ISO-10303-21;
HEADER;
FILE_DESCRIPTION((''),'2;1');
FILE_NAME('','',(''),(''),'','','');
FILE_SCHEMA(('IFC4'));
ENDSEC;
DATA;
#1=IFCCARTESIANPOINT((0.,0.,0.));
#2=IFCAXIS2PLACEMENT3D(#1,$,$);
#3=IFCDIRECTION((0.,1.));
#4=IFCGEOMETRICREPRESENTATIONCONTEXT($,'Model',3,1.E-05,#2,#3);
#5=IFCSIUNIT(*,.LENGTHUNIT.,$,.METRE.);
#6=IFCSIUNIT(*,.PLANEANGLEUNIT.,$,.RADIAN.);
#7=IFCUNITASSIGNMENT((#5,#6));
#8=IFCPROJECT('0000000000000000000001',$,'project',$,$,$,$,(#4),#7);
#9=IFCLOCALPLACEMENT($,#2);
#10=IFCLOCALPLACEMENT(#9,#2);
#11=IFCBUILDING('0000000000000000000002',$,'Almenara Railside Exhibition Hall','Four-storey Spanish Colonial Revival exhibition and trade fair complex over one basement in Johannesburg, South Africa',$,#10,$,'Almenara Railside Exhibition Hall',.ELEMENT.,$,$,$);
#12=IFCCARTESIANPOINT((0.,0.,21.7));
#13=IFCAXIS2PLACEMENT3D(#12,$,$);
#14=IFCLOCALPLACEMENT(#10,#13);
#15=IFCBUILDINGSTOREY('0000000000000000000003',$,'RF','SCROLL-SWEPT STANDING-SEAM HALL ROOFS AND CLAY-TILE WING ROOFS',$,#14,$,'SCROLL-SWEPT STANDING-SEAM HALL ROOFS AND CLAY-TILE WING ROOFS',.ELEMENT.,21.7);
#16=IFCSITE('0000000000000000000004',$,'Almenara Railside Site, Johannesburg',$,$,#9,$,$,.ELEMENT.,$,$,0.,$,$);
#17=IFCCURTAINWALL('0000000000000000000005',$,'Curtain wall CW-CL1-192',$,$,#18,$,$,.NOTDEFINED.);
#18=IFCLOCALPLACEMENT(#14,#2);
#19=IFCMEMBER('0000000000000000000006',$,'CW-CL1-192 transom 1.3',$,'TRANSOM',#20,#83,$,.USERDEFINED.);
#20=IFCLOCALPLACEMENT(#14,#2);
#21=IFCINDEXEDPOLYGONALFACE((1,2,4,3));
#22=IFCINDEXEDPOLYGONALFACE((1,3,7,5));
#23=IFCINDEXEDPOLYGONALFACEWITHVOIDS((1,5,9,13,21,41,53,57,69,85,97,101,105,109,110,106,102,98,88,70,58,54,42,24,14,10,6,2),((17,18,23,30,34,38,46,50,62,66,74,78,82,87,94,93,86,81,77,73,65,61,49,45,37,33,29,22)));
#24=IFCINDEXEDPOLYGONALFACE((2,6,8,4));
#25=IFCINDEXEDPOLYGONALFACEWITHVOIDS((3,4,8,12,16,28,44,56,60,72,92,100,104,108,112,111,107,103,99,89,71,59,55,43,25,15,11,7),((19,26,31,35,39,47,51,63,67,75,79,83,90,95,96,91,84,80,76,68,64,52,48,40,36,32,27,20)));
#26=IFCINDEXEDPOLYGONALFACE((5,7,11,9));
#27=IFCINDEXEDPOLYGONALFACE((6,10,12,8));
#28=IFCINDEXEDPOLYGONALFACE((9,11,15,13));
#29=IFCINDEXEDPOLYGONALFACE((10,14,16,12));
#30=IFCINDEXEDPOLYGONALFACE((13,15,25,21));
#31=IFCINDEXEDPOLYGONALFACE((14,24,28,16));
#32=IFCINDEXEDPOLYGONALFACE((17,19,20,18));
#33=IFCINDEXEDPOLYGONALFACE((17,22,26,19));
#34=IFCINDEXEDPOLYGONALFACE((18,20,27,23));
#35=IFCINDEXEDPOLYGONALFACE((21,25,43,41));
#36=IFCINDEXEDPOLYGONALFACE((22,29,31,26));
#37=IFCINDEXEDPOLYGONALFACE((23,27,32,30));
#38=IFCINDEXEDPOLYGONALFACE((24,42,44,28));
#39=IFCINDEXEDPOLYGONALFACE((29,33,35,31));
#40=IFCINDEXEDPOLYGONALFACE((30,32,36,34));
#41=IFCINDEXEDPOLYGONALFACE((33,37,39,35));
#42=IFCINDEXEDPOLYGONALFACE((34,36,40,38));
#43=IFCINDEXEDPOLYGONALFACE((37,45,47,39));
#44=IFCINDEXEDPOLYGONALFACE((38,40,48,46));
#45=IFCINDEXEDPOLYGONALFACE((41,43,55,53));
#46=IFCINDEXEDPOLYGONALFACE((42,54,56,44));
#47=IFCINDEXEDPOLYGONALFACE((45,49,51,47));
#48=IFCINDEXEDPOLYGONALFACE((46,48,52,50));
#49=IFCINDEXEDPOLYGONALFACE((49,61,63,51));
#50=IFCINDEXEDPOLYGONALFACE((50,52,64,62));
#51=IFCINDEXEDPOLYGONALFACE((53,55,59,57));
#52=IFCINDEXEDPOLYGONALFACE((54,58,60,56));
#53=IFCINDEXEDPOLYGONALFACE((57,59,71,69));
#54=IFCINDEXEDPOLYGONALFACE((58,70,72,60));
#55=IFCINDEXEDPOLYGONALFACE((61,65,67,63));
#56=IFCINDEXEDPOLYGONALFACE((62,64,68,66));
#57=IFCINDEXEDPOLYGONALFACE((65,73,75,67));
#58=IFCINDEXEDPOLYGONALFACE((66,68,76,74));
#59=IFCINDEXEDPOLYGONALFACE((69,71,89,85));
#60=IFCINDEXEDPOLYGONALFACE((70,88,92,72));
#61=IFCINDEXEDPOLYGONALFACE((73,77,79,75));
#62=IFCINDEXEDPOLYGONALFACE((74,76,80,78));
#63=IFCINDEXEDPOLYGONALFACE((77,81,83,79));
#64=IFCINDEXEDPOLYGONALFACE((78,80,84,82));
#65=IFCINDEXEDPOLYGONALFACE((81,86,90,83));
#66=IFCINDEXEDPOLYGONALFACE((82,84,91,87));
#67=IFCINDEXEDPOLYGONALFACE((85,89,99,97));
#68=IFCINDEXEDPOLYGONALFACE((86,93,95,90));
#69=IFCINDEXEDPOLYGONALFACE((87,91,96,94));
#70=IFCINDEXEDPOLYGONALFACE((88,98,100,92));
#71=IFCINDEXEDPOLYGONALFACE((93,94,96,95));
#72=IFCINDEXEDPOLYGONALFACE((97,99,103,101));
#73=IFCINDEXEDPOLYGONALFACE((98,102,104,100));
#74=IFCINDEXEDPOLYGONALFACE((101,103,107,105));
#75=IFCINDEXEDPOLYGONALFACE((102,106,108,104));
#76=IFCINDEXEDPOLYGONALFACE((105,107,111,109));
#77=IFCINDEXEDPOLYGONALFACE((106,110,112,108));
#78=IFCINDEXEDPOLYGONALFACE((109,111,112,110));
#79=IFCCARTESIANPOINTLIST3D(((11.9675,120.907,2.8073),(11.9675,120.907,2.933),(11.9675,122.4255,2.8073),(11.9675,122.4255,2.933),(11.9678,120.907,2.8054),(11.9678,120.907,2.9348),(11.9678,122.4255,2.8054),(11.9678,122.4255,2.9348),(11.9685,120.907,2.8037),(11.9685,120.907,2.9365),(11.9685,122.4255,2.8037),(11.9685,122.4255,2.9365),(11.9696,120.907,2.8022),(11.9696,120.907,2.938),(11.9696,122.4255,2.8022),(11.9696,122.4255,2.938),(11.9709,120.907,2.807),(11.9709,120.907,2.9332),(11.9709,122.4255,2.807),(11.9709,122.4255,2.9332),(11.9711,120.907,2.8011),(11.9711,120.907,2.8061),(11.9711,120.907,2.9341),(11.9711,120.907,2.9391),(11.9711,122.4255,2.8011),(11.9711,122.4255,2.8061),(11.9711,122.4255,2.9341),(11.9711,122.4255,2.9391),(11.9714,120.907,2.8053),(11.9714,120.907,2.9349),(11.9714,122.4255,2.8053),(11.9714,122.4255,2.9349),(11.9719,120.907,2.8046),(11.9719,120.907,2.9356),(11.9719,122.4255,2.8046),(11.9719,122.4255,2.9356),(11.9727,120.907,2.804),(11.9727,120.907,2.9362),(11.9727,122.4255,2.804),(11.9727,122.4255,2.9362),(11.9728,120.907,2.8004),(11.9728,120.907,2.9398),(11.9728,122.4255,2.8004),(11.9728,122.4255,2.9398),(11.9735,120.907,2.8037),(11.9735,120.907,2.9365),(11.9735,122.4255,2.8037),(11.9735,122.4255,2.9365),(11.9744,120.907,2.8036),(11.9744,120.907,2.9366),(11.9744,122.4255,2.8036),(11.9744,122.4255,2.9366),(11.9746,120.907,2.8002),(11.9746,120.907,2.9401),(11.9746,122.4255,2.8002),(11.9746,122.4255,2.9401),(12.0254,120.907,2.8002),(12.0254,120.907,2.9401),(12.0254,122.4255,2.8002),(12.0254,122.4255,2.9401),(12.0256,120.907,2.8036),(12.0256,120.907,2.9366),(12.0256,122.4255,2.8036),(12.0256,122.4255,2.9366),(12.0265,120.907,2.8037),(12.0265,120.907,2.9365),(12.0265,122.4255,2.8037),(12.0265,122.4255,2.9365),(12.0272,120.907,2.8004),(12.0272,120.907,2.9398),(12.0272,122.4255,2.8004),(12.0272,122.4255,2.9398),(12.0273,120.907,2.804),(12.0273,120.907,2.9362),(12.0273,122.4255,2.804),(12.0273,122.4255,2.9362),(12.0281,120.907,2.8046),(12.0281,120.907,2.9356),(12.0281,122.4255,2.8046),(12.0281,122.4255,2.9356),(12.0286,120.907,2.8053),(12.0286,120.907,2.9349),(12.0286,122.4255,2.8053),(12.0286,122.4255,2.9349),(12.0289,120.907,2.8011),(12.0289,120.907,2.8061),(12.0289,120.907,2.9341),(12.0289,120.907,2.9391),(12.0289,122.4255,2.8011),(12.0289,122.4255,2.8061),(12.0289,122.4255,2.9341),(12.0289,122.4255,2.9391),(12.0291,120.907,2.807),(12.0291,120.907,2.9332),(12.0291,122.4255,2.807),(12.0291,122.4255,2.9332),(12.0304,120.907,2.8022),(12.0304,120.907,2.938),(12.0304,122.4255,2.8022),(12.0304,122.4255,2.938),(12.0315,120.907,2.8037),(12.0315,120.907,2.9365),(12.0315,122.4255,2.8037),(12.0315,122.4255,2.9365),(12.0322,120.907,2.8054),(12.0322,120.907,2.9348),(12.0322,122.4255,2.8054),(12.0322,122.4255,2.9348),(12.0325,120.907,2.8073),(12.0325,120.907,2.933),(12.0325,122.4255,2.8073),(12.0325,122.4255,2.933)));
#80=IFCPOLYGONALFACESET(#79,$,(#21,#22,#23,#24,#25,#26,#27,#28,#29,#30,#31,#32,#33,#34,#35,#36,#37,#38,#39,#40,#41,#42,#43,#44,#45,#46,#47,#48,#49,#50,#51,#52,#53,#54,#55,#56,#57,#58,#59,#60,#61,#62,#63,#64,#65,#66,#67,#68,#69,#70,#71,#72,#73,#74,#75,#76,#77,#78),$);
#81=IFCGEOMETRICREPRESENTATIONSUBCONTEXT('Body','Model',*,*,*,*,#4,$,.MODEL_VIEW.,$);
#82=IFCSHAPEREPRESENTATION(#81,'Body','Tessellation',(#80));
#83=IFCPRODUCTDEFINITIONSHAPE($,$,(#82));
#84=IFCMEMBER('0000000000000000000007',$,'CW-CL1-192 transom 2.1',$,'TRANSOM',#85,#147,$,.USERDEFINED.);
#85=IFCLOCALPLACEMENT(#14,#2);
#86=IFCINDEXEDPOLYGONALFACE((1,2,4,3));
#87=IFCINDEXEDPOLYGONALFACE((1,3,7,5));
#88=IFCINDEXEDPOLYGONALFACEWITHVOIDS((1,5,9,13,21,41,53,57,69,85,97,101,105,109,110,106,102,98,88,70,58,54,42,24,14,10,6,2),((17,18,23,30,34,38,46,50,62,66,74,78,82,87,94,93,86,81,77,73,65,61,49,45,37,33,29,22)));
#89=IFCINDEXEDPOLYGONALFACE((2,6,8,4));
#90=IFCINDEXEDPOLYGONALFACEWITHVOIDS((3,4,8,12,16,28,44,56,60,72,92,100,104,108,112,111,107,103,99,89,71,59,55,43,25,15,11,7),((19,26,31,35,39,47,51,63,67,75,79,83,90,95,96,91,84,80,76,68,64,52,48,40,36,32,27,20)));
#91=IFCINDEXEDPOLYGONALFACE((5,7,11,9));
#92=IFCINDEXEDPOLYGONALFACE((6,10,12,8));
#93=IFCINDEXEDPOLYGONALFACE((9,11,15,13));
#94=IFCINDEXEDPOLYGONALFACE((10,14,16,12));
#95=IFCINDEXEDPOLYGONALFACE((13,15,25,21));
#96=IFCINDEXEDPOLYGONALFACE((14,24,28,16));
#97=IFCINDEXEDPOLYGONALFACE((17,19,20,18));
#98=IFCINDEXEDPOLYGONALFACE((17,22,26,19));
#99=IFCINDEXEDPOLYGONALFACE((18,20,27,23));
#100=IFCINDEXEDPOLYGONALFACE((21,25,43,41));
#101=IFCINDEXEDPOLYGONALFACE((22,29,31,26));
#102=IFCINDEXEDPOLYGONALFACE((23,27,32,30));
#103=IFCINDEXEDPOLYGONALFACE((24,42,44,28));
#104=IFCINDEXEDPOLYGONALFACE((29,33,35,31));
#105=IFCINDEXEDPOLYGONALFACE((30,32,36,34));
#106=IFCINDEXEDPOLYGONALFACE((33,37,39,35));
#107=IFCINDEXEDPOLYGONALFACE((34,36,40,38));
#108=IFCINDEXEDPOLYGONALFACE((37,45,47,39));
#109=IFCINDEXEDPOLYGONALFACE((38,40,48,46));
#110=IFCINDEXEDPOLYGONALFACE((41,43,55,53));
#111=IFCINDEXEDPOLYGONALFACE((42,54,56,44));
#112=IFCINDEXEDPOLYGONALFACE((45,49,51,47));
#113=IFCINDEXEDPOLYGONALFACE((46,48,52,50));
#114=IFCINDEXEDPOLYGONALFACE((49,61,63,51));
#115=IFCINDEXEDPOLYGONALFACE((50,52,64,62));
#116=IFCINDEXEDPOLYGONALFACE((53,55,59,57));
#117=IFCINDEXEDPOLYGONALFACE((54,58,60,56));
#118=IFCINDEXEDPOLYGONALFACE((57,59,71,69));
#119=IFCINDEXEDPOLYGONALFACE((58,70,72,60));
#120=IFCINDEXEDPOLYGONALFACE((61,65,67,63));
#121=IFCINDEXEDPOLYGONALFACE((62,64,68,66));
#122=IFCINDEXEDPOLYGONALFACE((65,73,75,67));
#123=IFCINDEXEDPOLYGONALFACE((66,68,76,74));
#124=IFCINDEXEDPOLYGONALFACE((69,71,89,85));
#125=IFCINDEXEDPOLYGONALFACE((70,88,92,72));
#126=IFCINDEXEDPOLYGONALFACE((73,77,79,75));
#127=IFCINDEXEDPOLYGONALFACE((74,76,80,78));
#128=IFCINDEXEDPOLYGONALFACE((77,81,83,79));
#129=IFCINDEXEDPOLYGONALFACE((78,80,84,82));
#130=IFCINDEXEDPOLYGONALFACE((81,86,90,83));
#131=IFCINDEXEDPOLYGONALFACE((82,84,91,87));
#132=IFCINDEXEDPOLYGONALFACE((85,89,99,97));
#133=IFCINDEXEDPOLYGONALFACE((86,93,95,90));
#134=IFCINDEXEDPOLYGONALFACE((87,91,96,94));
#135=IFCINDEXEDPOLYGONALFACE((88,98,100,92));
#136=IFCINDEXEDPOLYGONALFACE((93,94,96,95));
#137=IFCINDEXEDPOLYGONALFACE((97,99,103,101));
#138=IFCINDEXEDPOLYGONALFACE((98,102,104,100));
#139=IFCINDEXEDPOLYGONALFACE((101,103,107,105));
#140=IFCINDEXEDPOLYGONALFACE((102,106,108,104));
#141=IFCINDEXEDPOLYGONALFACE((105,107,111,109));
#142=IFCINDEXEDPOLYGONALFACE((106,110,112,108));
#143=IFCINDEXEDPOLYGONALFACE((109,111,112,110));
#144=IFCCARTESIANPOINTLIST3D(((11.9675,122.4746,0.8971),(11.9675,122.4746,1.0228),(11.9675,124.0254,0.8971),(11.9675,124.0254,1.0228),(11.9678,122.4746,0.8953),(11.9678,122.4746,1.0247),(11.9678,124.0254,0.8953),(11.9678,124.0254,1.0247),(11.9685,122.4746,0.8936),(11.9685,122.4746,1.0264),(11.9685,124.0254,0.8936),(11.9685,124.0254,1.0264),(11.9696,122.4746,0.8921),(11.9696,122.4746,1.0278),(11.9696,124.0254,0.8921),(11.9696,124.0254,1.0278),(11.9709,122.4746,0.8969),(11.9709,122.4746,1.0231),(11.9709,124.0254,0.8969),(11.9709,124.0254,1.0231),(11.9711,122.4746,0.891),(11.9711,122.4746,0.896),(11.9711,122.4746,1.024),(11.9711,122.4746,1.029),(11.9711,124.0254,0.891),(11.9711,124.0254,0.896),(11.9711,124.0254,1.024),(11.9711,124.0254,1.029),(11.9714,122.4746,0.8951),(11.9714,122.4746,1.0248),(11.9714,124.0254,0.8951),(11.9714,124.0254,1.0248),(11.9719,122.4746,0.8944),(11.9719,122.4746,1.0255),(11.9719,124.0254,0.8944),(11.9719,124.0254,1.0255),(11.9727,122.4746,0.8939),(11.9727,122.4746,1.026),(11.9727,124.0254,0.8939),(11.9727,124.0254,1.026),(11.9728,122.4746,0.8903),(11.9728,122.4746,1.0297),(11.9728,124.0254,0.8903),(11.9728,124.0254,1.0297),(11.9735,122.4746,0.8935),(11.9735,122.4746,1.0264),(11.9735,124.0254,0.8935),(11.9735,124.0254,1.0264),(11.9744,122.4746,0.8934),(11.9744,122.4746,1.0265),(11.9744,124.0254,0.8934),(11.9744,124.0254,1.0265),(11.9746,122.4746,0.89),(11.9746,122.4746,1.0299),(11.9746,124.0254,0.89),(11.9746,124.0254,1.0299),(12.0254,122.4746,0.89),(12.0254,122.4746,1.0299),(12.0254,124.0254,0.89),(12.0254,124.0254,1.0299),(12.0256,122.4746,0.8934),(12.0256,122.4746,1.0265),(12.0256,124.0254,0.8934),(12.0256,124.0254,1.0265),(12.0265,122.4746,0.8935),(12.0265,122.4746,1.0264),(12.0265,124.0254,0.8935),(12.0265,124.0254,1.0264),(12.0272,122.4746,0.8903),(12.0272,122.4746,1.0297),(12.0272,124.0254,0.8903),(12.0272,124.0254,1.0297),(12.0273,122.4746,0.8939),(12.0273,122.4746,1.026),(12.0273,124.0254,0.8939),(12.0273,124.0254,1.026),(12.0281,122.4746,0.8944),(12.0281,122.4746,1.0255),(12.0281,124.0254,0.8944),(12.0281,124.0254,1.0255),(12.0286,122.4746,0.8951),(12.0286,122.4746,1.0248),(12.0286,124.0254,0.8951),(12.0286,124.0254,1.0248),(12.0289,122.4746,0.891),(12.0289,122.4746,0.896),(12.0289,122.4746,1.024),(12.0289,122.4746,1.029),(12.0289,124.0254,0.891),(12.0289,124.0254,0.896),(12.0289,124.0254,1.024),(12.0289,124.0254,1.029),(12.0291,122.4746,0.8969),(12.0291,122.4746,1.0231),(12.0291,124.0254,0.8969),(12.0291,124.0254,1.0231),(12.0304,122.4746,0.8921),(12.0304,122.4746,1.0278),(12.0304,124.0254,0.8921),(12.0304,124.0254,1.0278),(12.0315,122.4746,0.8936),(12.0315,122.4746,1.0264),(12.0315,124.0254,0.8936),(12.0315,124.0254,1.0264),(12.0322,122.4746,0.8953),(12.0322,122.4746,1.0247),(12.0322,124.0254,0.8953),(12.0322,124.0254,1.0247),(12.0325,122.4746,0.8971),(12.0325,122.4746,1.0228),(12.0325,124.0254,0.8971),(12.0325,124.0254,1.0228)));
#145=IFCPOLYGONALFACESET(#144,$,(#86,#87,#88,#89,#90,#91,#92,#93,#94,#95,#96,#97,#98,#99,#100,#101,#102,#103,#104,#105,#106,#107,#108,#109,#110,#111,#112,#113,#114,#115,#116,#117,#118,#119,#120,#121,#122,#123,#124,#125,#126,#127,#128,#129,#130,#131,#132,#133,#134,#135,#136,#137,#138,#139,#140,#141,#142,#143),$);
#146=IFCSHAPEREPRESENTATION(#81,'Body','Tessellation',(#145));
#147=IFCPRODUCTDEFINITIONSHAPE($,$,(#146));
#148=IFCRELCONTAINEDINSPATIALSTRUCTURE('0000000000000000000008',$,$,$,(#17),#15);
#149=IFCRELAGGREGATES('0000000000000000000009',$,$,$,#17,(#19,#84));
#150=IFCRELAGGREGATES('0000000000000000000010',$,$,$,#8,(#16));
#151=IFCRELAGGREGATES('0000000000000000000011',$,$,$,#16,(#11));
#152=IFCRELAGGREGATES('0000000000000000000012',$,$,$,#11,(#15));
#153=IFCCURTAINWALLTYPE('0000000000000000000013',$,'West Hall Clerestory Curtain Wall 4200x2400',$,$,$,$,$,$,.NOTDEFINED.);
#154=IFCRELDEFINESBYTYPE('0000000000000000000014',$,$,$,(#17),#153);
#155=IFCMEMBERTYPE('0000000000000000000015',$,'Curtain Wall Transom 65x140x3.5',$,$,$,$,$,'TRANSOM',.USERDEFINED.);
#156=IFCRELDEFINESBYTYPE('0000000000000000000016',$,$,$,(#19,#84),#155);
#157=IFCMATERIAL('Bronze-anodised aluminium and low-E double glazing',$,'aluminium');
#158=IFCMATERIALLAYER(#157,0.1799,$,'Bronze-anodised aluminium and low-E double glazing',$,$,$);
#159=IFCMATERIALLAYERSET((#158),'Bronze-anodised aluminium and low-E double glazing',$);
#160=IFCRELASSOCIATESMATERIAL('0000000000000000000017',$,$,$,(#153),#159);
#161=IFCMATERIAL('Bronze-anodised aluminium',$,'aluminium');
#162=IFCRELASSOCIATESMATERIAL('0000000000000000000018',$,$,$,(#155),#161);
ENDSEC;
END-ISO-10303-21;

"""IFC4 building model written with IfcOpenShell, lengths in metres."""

from ifc_helpers import new_model, si_unit, direction, frame, origin, origin_2d, place, context, subcontext, project, spatial, hollow_rectangle, extrude, material, layer, layer_set, material_profile, profile_set, type_object, element, aggregate, save


model = new_model("IFC4")

# Units and contexts
model_context = context("Model", 3, precision=1e-05, world=origin(), true_north=direction((0.0, 1.0)))
body_context = subcontext(model_context, "Body", "Model", "MODEL_VIEW")
ifc_project = project(units=[si_unit("LENGTHUNIT", "METRE"), si_unit("PLANEANGLEUNIT", "RADIAN")], contexts=[model_context])

# Site, building, storey
site_placement = place(None, origin())
site = spatial("IfcSite", under=ifc_project, at=site_placement, Name="Almenara Railside Site, Johannesburg", CompositionType="ELEMENT", RefElevation=0.0)
building_placement = place(site_placement, origin())
building = spatial("IfcBuilding", under=site, at=building_placement, Name="Almenara Railside Exhibition Hall", Description="Four-storey Spanish Colonial Revival exhibition and trade fair complex over one basement in Johannesburg, South Africa", LongName="Almenara Railside Exhibition Hall", CompositionType="ELEMENT")
storey_placement = place(building_placement, frame((0.0, 0.0, 21.7)))
storey = spatial("IfcBuildingStorey", under=building, at=storey_placement, Name="RF", Description="SCROLL-SWEPT STANDING-SEAM HALL ROOFS AND CLAY-TILE WING ROOFS", LongName="SCROLL-SWEPT STANDING-SEAM HALL ROOFS AND CLAY-TILE WING ROOFS", CompositionType="ELEMENT", Elevation=21.7)

# Shared definitions
ifc_material_1 = material(Name="Bronze-anodised aluminium and low-E double glazing", Category="aluminium")
ifc_layer_1 = layer(ifc_material_1, 0.1799, Name="Bronze-anodised aluminium and low-E double glazing")
ifc_layer_set_1 = layer_set([ifc_layer_1], Name="Bronze-anodised aluminium and low-E double glazing")
curtain_wall_type = type_object("IfcCurtainWallType", Name="West Hall Clerestory Curtain Wall 4200x2400", PredefinedType="NOTDEFINED", material=ifc_layer_set_1)
ifc_material_2 = material(Name="Bronze-anodised aluminium", Category="aluminium")

# Curtain wall, members
curtain_wall_1_placement = place(storey_placement, origin())
curtain_wall_1 = element("IfcCurtainWall", 1, at=curtain_wall_1_placement, inside=storey, type_object=curtain_wall_type, Name="Curtain wall CW-CL1-192", PredefinedType="NOTDEFINED")
ifc_material_profile_1 = material_profile(ifc_material_2, hollow_rectangle(XDim=0.0649, YDim=0.1399, WallThickness=0.0034, InnerFilletRadius=0.0034, OuterFilletRadius=0.0071, at=origin_2d()), Name="ALU-TRN 65x140x3.5")
ifc_profile_set_1 = profile_set([ifc_material_profile_1], Name="Bronze-anodised aluminium")
member_type_1 = type_object("IfcMemberType", Name="Curtain Wall Transom 65x140x3.5", ElementType="TRANSOM", PredefinedType="USERDEFINED", material=ifc_profile_set_1)
member_1_placement = place(storey_placement, frame((12.0, 120.907, 2.8701), z_axis=(0.0, 1.0, 0.0), x_axis=(-1.0, 0.0, 0.0)))
member_1 = element("IfcMember", 2, at=member_1_placement, type_object=member_type_1, Name="CW-CL1-192 transom 1.3", ObjectType="TRANSOM", PredefinedType="USERDEFINED", context=body_context, shape_type="SweptSolid", body=[
    extrude(hollow_rectangle(XDim=0.0649, YDim=0.1399, WallThickness=0.0034, InnerFilletRadius=0.0034, OuterFilletRadius=0.0071, at=origin_2d()), origin(), (0.0, 0.0, 1.0), 1.5186),
])
member_2_placement = place(storey_placement, frame((12.0, 122.4746, 0.96), z_axis=(0.0, 1.0, 0.0), x_axis=(-1.0, 0.0, 0.0)))
member_2 = element("IfcMember", 3, at=member_2_placement, type_object=member_type_1, Name="CW-CL1-192 transom 2.1", ObjectType="TRANSOM", PredefinedType="USERDEFINED", context=body_context, shape_type="SweptSolid", body=[
    extrude(hollow_rectangle(XDim=0.0649, YDim=0.1399, WallThickness=0.0034, InnerFilletRadius=0.0034, OuterFilletRadius=0.0071, at=origin_2d()), origin(), (0.0, 0.0, 1.0), 1.5508),
])

aggregate(curtain_wall_1, [member_1, member_2])

save(model, "model.ifc")
